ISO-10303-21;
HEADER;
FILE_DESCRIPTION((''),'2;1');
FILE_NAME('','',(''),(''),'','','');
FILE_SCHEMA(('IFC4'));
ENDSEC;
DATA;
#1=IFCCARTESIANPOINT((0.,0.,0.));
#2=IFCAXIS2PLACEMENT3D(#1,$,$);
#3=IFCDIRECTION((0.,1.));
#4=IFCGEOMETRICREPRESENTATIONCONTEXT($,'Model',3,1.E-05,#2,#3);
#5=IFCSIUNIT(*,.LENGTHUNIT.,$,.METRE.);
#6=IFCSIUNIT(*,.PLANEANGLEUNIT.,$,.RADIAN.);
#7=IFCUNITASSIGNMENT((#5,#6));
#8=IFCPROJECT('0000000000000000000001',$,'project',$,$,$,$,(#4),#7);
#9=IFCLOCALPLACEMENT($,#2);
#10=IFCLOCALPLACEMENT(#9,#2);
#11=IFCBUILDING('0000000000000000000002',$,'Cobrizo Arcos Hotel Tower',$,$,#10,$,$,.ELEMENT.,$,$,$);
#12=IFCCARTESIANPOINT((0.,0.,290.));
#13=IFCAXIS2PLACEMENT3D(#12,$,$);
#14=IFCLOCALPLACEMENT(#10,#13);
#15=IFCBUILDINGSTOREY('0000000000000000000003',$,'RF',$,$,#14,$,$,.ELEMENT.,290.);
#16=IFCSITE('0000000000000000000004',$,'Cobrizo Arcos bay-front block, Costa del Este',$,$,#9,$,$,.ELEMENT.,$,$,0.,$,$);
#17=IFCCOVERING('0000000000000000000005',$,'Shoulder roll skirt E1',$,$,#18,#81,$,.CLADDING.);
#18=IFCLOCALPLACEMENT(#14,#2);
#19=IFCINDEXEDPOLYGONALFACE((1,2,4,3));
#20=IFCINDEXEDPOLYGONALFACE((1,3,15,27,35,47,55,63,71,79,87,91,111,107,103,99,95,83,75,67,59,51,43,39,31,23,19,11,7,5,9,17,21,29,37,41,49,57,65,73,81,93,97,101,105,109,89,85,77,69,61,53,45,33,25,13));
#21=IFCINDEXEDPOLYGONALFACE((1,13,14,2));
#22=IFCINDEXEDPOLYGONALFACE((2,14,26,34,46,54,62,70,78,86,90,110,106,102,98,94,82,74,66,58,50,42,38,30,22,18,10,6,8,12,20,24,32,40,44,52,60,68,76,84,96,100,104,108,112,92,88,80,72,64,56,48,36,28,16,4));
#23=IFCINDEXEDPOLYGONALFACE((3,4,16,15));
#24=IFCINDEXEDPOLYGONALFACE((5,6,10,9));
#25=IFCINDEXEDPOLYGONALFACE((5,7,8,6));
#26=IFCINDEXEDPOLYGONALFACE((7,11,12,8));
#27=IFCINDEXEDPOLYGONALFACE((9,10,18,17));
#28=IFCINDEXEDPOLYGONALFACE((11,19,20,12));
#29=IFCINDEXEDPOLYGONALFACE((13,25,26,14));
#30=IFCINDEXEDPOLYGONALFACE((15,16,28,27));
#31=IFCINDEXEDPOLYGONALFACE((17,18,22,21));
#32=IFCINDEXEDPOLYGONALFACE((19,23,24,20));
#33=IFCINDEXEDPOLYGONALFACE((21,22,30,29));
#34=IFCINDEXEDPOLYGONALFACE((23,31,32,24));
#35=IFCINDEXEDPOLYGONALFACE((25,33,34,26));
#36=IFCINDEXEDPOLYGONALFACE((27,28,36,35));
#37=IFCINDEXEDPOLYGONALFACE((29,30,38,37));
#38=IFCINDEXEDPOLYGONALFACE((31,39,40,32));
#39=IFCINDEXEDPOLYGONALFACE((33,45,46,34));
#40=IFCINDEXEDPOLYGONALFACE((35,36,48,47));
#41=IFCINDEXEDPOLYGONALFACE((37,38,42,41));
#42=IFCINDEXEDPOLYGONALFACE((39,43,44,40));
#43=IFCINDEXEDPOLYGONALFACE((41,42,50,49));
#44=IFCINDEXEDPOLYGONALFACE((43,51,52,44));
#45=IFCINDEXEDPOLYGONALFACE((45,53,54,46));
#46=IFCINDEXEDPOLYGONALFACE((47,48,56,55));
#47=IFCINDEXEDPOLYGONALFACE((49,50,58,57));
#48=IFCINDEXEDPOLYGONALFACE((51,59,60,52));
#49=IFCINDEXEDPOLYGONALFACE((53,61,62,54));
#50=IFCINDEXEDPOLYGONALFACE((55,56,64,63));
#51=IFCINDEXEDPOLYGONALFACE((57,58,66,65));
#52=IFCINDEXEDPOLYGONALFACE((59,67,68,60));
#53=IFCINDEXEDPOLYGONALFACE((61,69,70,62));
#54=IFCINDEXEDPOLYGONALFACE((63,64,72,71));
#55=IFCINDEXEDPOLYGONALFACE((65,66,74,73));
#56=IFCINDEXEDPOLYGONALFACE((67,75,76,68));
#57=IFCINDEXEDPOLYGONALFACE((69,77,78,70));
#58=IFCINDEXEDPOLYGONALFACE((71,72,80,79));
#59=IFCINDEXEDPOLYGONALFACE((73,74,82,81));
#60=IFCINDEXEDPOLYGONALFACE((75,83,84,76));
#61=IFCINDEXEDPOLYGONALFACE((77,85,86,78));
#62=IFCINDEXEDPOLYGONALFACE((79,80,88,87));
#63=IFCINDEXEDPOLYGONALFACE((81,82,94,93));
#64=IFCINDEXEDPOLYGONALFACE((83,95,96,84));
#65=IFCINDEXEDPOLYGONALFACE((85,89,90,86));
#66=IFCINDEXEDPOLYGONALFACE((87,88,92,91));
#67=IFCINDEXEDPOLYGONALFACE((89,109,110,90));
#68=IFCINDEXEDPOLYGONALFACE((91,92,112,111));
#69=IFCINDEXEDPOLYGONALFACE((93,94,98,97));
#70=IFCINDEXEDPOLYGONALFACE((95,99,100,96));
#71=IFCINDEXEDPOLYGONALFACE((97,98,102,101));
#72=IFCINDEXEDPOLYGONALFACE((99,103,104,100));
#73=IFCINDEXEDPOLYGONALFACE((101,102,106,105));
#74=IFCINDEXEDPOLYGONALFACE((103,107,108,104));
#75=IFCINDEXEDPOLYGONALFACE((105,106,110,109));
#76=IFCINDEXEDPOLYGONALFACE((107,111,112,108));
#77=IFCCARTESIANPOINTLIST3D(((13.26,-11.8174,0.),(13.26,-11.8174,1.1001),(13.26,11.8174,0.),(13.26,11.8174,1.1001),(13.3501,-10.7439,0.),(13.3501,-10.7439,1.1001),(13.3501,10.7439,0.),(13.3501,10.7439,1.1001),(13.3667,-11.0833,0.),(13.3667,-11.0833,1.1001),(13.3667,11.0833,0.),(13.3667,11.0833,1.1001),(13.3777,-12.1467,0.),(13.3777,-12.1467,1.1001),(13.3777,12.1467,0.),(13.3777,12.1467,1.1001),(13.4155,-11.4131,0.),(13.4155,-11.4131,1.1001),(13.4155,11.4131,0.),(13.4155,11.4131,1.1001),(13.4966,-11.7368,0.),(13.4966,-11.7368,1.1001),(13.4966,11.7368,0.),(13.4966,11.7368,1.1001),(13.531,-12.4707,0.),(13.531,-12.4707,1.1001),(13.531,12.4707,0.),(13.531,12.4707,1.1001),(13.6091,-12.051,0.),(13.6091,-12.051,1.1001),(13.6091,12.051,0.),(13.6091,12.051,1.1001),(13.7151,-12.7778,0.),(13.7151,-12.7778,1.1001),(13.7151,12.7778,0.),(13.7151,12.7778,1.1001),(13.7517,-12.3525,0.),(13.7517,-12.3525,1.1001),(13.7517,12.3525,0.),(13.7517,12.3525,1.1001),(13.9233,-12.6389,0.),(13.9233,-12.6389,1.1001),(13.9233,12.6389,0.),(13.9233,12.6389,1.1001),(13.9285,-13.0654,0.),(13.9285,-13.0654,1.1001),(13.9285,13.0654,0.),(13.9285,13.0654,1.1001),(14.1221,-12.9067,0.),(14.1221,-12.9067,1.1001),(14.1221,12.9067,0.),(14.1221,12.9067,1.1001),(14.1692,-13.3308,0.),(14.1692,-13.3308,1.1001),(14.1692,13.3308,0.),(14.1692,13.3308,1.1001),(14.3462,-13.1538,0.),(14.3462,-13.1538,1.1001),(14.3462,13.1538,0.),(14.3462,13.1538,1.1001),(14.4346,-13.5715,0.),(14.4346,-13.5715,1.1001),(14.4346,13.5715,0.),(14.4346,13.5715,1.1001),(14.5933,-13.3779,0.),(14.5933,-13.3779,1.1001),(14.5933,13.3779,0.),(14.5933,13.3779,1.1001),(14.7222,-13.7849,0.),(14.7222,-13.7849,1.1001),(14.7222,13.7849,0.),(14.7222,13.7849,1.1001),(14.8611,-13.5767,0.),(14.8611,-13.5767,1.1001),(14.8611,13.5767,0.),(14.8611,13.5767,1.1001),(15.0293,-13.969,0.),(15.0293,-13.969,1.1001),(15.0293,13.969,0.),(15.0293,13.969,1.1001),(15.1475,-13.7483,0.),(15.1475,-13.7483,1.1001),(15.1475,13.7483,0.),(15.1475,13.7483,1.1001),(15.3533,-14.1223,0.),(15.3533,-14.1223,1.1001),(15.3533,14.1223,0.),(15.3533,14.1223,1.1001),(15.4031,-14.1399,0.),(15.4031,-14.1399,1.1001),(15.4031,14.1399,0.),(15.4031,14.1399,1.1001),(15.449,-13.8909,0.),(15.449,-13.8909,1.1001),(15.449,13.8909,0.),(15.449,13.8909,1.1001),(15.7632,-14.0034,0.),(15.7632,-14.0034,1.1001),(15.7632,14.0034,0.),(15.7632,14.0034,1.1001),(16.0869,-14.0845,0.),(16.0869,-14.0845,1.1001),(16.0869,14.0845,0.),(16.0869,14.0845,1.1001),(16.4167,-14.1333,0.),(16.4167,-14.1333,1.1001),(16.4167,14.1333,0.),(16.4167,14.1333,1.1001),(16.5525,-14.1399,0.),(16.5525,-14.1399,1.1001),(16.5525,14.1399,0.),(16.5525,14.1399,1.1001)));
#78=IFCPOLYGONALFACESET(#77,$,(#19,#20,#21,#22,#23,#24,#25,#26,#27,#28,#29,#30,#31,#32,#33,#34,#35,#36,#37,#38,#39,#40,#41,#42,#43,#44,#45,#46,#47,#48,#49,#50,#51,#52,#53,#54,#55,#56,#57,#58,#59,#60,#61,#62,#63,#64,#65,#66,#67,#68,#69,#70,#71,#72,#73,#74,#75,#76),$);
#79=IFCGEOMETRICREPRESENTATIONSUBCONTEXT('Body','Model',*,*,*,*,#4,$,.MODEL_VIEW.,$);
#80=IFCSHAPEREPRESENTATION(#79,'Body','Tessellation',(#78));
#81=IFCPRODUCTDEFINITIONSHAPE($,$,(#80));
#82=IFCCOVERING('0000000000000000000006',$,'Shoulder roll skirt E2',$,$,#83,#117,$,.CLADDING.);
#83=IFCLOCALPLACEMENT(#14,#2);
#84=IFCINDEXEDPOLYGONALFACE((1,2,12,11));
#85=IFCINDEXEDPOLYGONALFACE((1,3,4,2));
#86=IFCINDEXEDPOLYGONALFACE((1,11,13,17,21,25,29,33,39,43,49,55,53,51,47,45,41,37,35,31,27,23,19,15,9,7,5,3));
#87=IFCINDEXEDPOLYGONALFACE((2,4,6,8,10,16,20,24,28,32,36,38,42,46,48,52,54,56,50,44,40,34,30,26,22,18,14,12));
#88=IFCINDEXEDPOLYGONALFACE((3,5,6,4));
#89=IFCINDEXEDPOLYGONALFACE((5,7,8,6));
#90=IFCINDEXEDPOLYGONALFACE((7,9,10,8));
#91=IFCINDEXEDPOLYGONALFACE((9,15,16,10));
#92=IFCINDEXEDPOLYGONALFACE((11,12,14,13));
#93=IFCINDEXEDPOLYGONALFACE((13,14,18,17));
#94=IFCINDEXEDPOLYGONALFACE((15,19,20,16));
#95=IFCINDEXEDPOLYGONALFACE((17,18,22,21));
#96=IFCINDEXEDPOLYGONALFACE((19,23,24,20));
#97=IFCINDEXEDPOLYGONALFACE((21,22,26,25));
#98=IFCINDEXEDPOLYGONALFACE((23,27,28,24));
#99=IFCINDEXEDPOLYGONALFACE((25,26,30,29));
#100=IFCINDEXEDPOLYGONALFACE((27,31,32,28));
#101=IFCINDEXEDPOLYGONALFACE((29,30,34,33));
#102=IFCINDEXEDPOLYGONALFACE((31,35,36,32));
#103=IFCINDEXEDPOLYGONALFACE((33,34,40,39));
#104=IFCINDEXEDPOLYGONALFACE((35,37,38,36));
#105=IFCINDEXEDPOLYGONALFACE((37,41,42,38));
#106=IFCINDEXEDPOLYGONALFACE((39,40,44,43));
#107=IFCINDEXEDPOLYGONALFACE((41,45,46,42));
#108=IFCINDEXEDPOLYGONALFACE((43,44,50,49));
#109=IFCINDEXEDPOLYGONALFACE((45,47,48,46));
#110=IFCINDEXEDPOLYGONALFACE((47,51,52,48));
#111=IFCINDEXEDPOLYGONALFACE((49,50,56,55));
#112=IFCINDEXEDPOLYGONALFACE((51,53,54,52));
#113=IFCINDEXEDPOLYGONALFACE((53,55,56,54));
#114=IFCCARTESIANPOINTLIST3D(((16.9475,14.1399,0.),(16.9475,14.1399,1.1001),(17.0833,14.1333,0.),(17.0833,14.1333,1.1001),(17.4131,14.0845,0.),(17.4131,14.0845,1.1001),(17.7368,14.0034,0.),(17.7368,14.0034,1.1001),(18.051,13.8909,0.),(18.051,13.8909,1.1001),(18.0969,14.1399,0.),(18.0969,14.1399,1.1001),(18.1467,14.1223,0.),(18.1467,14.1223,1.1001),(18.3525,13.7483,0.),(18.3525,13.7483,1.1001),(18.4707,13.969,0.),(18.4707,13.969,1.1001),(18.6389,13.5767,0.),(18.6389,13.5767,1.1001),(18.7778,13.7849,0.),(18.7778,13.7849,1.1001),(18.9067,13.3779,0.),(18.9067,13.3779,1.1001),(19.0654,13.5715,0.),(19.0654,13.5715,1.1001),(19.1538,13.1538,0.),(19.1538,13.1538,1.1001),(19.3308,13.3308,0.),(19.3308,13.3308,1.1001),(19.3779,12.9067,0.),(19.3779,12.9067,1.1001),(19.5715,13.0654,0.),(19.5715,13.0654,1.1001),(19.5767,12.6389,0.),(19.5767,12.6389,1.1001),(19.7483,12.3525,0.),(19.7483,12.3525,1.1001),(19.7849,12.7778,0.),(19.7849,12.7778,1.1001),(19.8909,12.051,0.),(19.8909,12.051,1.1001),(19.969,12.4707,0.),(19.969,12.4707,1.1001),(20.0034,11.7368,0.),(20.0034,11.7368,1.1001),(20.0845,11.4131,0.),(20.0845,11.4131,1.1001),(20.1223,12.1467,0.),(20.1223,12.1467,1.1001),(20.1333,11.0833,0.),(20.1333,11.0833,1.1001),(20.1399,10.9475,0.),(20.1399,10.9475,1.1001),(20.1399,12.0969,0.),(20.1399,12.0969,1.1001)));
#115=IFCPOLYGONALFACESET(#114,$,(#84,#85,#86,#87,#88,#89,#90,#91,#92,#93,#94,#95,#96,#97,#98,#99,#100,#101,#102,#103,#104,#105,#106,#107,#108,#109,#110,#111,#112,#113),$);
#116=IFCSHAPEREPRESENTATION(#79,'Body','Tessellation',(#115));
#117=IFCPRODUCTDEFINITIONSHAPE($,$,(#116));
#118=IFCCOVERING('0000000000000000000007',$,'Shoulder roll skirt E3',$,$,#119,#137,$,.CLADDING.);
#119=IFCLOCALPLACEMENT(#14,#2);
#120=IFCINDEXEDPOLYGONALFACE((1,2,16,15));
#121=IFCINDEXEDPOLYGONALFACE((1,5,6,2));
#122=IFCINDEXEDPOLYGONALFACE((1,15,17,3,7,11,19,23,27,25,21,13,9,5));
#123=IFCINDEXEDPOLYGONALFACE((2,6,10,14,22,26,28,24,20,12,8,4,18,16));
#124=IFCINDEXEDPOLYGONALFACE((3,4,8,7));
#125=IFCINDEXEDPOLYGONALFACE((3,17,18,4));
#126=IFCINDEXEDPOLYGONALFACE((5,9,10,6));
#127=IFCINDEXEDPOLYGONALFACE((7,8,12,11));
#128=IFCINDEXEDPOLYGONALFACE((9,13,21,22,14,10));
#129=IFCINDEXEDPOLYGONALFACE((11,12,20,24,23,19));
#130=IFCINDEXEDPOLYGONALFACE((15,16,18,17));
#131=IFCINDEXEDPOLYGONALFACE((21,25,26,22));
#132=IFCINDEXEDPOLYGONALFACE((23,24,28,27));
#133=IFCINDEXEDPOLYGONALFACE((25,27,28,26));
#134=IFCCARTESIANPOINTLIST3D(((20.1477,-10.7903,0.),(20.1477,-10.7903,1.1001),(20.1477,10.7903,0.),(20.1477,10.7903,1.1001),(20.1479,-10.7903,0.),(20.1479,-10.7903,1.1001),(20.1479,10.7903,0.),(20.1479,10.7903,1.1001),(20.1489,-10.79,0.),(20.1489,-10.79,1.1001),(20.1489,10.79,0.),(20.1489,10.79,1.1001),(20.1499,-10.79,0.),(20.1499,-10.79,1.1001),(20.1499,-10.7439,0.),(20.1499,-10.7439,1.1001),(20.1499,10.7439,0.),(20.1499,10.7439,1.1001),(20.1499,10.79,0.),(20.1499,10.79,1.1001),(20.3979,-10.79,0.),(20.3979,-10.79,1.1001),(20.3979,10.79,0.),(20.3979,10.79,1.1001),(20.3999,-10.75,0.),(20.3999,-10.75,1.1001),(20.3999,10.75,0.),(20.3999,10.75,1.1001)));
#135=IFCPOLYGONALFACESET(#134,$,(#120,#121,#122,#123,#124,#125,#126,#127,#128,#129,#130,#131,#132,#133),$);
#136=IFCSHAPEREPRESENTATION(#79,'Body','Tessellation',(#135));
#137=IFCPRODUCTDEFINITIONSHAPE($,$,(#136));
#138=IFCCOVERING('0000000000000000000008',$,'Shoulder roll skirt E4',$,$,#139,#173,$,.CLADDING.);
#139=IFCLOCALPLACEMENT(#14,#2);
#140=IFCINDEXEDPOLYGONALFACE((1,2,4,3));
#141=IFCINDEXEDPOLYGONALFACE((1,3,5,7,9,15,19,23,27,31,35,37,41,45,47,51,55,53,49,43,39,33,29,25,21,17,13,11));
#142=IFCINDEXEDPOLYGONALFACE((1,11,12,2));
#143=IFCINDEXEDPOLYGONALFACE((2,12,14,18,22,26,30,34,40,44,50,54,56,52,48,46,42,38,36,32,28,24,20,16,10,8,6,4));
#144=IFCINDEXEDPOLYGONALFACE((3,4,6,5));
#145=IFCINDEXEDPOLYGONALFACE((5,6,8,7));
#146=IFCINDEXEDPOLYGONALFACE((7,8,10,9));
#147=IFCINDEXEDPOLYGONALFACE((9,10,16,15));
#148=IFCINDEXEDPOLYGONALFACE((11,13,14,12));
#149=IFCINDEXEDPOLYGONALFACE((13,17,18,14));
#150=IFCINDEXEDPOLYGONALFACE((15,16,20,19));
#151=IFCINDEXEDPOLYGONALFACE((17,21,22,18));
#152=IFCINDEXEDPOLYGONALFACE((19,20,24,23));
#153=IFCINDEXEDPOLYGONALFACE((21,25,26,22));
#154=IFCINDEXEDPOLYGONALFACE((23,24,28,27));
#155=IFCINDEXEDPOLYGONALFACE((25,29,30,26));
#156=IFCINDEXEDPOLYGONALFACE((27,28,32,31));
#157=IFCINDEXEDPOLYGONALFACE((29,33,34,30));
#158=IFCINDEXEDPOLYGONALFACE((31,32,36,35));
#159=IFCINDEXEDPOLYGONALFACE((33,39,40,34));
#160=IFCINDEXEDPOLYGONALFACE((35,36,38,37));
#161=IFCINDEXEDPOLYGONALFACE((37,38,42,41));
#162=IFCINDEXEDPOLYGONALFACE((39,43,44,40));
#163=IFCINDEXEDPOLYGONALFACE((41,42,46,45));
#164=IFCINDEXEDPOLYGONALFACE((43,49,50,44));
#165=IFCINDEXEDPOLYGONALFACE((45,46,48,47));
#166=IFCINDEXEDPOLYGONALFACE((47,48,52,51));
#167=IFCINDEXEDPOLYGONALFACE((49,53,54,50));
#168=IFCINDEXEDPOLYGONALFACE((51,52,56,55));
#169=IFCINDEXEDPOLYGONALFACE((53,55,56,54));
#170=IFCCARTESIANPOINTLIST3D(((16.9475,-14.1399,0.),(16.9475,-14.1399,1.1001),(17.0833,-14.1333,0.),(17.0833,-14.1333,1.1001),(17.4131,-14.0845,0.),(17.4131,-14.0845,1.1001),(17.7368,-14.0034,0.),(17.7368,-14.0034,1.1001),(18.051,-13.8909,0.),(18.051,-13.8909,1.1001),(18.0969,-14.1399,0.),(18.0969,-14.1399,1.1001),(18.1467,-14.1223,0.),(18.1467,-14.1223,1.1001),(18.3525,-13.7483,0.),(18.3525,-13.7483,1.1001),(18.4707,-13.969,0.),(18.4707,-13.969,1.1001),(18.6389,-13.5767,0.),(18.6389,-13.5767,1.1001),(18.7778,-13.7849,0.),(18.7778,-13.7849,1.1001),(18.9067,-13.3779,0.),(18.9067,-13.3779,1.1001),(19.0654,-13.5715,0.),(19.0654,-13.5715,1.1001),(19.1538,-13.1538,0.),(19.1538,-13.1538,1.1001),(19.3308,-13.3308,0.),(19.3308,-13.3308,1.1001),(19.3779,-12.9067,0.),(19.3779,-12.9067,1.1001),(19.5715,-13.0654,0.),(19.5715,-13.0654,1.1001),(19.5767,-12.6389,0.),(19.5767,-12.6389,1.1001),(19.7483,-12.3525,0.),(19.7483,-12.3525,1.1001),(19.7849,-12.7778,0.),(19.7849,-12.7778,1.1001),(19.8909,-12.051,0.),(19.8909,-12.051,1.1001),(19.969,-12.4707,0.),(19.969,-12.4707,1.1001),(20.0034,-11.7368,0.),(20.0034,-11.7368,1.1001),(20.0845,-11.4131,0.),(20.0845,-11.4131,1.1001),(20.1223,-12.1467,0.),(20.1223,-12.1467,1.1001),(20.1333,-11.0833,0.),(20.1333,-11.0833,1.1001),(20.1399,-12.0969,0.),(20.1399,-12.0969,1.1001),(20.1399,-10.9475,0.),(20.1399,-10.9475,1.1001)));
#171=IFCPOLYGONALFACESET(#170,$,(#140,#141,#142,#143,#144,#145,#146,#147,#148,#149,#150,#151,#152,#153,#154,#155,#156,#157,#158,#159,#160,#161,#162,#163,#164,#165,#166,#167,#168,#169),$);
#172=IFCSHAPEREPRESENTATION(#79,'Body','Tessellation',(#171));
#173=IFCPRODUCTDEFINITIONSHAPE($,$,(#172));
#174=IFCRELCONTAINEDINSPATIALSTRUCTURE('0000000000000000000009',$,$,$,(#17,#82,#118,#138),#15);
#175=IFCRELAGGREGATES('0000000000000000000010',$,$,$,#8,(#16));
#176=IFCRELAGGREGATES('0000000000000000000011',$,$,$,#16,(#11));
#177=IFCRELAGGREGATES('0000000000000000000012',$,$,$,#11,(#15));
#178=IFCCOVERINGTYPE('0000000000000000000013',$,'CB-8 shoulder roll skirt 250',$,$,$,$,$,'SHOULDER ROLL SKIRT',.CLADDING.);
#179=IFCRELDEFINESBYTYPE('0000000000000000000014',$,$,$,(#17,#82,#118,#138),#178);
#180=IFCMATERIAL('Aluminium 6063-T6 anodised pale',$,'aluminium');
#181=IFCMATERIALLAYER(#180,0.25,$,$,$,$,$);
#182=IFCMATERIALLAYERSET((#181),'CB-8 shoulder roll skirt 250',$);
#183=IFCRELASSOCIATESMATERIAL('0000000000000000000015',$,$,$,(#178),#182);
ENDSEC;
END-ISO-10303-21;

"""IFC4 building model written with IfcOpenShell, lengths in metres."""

from ifc_helpers import new_model, si_unit, direction, frame, origin, place, context, subcontext, project, spatial, polyline, outline, extrude, material, layer, layer_set, type_object, element, save


model = new_model("IFC4")

# Units and contexts
model_context = context("Model", 3, precision=1e-05, world=origin(), true_north=direction((0.0, 1.0)))
body_context = subcontext(model_context, "Body", "Model", "MODEL_VIEW")
ifc_project = project(units=[si_unit("LENGTHUNIT", "METRE"), si_unit("PLANEANGLEUNIT", "RADIAN")], contexts=[model_context])

# Site, building, storey
site_placement = place(None, origin())
site = spatial("IfcSite", under=ifc_project, at=site_placement, Name="Cobrizo Arcos bay-front block, Costa del Este", CompositionType="ELEMENT", RefElevation=0.0)
building_placement = place(site_placement, origin())
building = spatial("IfcBuilding", under=site, at=building_placement, Name="Cobrizo Arcos Hotel Tower", CompositionType="ELEMENT")
storey_placement = place(building_placement, frame((0.0, 0.0, 290.0)))
storey = spatial("IfcBuildingStorey", under=building, at=storey_placement, Name="RF", CompositionType="ELEMENT", Elevation=290.0)

# Coverings
ifc_material_1 = material(Name="Aluminium 6063-T6 anodised pale", Category="aluminium")
ifc_layer_1 = layer(ifc_material_1, 0.25)
ifc_layer_set_1 = layer_set([ifc_layer_1], Name="CB-8 shoulder roll skirt 250")
covering_type = type_object("IfcCoveringType", Name="CB-8 shoulder roll skirt 250", ElementType="SHOULDER ROLL SKIRT", PredefinedType="CLADDING", material=ifc_layer_set_1)
covering_1_placement = place(storey_placement, origin())
element("IfcCovering", 1, at=covering_1_placement, inside=storey, type_object=covering_type, Name="Shoulder roll skirt E1", PredefinedType="CLADDING", context=body_context, shape_type="SweptSolid", body=[
    extrude(outline(polyline([(13.3777, 12.1467), (13.531, 12.4707), (13.7151, 12.7778), (13.9285, 13.0654), (14.1692, 13.3308), (14.4346, 13.5715), (14.7222, 13.7849), (15.0293, 13.969), (15.3533, 14.1223), (15.4031, 14.1399), (16.5525, 14.1399), (16.4167, 14.1333), (16.0869, 14.0845), (15.7632, 14.0034), (15.449, 13.8909), (15.1475, 13.7483), (14.8611, 13.5767), (14.5933, 13.3779), (14.3462, 13.1538), (14.1221, 12.9067), (13.9233, 12.6389), (13.7517, 12.3525), (13.6091, 12.051), (13.4966, 11.7368), (13.4155, 11.4131), (13.3667, 11.0833), (13.3501, 10.7439), (13.3501, -10.7439), (13.3667, -11.0833), (13.4155, -11.4131), (13.4966, -11.7368), (13.6091, -12.051), (13.7517, -12.3525), (13.9233, -12.6389), (14.1221, -12.9067), (14.3462, -13.1538), (14.5933, -13.3779), (14.8611, -13.5767), (15.1475, -13.7483), (15.449, -13.8909), (15.7632, -14.0034), (16.0869, -14.0845), (16.4167, -14.1333), (16.5525, -14.1399), (15.4031, -14.1399), (15.3533, -14.1223), (15.0293, -13.969), (14.7222, -13.7849), (14.4346, -13.5715), (14.1692, -13.3308), (13.9285, -13.0654), (13.7151, -12.7778), (13.531, -12.4707), (13.3777, -12.1467), (13.26, -11.8174), (13.26, 11.8174), (13.3777, 12.1467)])), origin(), (0.0, 0.0, 1.0), 1.1001),
])
covering_2_placement = place(storey_placement, origin())
element("IfcCovering", 2, at=covering_2_placement, inside=storey, type_object=covering_type, Name="Shoulder roll skirt E2", PredefinedType="CLADDING", context=body_context, shape_type="SweptSolid", body=[
    extrude(outline(polyline([(18.1467, 14.1223), (18.4707, 13.969), (18.7778, 13.7849), (19.0654, 13.5715), (19.3308, 13.3308), (19.5715, 13.0654), (19.7849, 12.7778), (19.969, 12.4707), (20.1223, 12.1467), (20.1399, 12.0969), (20.1399, 10.9475), (20.1333, 11.0833), (20.0845, 11.4131), (20.0034, 11.7368), (19.8909, 12.051), (19.7483, 12.3525), (19.5767, 12.6389), (19.3779, 12.9067), (19.1538, 13.1538), (18.9067, 13.3779), (18.6389, 13.5767), (18.3525, 13.7483), (18.051, 13.8909), (17.7368, 14.0034), (17.4131, 14.0845), (17.0833, 14.1333), (16.9475, 14.1399), (18.0969, 14.1399), (18.1467, 14.1223)])), origin(), (0.0, 0.0, 1.0), 1.1001),
])
covering_3_placement = place(storey_placement, origin())
element("IfcCovering", 3, at=covering_3_placement, inside=storey, type_object=covering_type, Name="Shoulder roll skirt E3", PredefinedType="CLADDING", context=body_context, shape_type="SweptSolid", body=[
    extrude(outline(polyline([(20.3999, 10.75), (20.3999, -10.75), (20.3979, -10.79), (20.1499, -10.79), (20.1489, -10.79), (20.1479, -10.7903), (20.1477, -10.7903), (20.1499, -10.7439), (20.1499, 10.7439), (20.1477, 10.7903), (20.1479, 10.7903), (20.1489, 10.79), (20.1499, 10.79), (20.3979, 10.79), (20.3999, 10.75)])), origin(), (0.0, 0.0, 1.0), 1.1001),
])
covering_4_placement = place(storey_placement, origin())
element("IfcCovering", 4, at=covering_4_placement, inside=storey, type_object=covering_type, Name="Shoulder roll skirt E4", PredefinedType="CLADDING", context=body_context, shape_type="SweptSolid", body=[
    extrude(outline(polyline([(20.1223, -12.1467), (19.969, -12.4707), (19.7849, -12.7778), (19.5715, -13.0654), (19.3308, -13.3308), (19.0654, -13.5715), (18.7778, -13.7849), (18.4707, -13.969), (18.1467, -14.1223), (18.0969, -14.1399), (16.9475, -14.1399), (17.0833, -14.1333), (17.4131, -14.0845), (17.7368, -14.0034), (18.051, -13.8909), (18.3525, -13.7483), (18.6389, -13.5767), (18.9067, -13.3779), (19.1538, -13.1538), (19.3779, -12.9067), (19.5767, -12.6389), (19.7483, -12.3525), (19.8909, -12.051), (20.0034, -11.7368), (20.0845, -11.4131), (20.1333, -11.0833), (20.1399, -10.9475), (20.1399, -12.0969), (20.1223, -12.1467)])), origin(), (0.0, 0.0, 1.0), 1.1001),
])

save(model, "model.ifc")
